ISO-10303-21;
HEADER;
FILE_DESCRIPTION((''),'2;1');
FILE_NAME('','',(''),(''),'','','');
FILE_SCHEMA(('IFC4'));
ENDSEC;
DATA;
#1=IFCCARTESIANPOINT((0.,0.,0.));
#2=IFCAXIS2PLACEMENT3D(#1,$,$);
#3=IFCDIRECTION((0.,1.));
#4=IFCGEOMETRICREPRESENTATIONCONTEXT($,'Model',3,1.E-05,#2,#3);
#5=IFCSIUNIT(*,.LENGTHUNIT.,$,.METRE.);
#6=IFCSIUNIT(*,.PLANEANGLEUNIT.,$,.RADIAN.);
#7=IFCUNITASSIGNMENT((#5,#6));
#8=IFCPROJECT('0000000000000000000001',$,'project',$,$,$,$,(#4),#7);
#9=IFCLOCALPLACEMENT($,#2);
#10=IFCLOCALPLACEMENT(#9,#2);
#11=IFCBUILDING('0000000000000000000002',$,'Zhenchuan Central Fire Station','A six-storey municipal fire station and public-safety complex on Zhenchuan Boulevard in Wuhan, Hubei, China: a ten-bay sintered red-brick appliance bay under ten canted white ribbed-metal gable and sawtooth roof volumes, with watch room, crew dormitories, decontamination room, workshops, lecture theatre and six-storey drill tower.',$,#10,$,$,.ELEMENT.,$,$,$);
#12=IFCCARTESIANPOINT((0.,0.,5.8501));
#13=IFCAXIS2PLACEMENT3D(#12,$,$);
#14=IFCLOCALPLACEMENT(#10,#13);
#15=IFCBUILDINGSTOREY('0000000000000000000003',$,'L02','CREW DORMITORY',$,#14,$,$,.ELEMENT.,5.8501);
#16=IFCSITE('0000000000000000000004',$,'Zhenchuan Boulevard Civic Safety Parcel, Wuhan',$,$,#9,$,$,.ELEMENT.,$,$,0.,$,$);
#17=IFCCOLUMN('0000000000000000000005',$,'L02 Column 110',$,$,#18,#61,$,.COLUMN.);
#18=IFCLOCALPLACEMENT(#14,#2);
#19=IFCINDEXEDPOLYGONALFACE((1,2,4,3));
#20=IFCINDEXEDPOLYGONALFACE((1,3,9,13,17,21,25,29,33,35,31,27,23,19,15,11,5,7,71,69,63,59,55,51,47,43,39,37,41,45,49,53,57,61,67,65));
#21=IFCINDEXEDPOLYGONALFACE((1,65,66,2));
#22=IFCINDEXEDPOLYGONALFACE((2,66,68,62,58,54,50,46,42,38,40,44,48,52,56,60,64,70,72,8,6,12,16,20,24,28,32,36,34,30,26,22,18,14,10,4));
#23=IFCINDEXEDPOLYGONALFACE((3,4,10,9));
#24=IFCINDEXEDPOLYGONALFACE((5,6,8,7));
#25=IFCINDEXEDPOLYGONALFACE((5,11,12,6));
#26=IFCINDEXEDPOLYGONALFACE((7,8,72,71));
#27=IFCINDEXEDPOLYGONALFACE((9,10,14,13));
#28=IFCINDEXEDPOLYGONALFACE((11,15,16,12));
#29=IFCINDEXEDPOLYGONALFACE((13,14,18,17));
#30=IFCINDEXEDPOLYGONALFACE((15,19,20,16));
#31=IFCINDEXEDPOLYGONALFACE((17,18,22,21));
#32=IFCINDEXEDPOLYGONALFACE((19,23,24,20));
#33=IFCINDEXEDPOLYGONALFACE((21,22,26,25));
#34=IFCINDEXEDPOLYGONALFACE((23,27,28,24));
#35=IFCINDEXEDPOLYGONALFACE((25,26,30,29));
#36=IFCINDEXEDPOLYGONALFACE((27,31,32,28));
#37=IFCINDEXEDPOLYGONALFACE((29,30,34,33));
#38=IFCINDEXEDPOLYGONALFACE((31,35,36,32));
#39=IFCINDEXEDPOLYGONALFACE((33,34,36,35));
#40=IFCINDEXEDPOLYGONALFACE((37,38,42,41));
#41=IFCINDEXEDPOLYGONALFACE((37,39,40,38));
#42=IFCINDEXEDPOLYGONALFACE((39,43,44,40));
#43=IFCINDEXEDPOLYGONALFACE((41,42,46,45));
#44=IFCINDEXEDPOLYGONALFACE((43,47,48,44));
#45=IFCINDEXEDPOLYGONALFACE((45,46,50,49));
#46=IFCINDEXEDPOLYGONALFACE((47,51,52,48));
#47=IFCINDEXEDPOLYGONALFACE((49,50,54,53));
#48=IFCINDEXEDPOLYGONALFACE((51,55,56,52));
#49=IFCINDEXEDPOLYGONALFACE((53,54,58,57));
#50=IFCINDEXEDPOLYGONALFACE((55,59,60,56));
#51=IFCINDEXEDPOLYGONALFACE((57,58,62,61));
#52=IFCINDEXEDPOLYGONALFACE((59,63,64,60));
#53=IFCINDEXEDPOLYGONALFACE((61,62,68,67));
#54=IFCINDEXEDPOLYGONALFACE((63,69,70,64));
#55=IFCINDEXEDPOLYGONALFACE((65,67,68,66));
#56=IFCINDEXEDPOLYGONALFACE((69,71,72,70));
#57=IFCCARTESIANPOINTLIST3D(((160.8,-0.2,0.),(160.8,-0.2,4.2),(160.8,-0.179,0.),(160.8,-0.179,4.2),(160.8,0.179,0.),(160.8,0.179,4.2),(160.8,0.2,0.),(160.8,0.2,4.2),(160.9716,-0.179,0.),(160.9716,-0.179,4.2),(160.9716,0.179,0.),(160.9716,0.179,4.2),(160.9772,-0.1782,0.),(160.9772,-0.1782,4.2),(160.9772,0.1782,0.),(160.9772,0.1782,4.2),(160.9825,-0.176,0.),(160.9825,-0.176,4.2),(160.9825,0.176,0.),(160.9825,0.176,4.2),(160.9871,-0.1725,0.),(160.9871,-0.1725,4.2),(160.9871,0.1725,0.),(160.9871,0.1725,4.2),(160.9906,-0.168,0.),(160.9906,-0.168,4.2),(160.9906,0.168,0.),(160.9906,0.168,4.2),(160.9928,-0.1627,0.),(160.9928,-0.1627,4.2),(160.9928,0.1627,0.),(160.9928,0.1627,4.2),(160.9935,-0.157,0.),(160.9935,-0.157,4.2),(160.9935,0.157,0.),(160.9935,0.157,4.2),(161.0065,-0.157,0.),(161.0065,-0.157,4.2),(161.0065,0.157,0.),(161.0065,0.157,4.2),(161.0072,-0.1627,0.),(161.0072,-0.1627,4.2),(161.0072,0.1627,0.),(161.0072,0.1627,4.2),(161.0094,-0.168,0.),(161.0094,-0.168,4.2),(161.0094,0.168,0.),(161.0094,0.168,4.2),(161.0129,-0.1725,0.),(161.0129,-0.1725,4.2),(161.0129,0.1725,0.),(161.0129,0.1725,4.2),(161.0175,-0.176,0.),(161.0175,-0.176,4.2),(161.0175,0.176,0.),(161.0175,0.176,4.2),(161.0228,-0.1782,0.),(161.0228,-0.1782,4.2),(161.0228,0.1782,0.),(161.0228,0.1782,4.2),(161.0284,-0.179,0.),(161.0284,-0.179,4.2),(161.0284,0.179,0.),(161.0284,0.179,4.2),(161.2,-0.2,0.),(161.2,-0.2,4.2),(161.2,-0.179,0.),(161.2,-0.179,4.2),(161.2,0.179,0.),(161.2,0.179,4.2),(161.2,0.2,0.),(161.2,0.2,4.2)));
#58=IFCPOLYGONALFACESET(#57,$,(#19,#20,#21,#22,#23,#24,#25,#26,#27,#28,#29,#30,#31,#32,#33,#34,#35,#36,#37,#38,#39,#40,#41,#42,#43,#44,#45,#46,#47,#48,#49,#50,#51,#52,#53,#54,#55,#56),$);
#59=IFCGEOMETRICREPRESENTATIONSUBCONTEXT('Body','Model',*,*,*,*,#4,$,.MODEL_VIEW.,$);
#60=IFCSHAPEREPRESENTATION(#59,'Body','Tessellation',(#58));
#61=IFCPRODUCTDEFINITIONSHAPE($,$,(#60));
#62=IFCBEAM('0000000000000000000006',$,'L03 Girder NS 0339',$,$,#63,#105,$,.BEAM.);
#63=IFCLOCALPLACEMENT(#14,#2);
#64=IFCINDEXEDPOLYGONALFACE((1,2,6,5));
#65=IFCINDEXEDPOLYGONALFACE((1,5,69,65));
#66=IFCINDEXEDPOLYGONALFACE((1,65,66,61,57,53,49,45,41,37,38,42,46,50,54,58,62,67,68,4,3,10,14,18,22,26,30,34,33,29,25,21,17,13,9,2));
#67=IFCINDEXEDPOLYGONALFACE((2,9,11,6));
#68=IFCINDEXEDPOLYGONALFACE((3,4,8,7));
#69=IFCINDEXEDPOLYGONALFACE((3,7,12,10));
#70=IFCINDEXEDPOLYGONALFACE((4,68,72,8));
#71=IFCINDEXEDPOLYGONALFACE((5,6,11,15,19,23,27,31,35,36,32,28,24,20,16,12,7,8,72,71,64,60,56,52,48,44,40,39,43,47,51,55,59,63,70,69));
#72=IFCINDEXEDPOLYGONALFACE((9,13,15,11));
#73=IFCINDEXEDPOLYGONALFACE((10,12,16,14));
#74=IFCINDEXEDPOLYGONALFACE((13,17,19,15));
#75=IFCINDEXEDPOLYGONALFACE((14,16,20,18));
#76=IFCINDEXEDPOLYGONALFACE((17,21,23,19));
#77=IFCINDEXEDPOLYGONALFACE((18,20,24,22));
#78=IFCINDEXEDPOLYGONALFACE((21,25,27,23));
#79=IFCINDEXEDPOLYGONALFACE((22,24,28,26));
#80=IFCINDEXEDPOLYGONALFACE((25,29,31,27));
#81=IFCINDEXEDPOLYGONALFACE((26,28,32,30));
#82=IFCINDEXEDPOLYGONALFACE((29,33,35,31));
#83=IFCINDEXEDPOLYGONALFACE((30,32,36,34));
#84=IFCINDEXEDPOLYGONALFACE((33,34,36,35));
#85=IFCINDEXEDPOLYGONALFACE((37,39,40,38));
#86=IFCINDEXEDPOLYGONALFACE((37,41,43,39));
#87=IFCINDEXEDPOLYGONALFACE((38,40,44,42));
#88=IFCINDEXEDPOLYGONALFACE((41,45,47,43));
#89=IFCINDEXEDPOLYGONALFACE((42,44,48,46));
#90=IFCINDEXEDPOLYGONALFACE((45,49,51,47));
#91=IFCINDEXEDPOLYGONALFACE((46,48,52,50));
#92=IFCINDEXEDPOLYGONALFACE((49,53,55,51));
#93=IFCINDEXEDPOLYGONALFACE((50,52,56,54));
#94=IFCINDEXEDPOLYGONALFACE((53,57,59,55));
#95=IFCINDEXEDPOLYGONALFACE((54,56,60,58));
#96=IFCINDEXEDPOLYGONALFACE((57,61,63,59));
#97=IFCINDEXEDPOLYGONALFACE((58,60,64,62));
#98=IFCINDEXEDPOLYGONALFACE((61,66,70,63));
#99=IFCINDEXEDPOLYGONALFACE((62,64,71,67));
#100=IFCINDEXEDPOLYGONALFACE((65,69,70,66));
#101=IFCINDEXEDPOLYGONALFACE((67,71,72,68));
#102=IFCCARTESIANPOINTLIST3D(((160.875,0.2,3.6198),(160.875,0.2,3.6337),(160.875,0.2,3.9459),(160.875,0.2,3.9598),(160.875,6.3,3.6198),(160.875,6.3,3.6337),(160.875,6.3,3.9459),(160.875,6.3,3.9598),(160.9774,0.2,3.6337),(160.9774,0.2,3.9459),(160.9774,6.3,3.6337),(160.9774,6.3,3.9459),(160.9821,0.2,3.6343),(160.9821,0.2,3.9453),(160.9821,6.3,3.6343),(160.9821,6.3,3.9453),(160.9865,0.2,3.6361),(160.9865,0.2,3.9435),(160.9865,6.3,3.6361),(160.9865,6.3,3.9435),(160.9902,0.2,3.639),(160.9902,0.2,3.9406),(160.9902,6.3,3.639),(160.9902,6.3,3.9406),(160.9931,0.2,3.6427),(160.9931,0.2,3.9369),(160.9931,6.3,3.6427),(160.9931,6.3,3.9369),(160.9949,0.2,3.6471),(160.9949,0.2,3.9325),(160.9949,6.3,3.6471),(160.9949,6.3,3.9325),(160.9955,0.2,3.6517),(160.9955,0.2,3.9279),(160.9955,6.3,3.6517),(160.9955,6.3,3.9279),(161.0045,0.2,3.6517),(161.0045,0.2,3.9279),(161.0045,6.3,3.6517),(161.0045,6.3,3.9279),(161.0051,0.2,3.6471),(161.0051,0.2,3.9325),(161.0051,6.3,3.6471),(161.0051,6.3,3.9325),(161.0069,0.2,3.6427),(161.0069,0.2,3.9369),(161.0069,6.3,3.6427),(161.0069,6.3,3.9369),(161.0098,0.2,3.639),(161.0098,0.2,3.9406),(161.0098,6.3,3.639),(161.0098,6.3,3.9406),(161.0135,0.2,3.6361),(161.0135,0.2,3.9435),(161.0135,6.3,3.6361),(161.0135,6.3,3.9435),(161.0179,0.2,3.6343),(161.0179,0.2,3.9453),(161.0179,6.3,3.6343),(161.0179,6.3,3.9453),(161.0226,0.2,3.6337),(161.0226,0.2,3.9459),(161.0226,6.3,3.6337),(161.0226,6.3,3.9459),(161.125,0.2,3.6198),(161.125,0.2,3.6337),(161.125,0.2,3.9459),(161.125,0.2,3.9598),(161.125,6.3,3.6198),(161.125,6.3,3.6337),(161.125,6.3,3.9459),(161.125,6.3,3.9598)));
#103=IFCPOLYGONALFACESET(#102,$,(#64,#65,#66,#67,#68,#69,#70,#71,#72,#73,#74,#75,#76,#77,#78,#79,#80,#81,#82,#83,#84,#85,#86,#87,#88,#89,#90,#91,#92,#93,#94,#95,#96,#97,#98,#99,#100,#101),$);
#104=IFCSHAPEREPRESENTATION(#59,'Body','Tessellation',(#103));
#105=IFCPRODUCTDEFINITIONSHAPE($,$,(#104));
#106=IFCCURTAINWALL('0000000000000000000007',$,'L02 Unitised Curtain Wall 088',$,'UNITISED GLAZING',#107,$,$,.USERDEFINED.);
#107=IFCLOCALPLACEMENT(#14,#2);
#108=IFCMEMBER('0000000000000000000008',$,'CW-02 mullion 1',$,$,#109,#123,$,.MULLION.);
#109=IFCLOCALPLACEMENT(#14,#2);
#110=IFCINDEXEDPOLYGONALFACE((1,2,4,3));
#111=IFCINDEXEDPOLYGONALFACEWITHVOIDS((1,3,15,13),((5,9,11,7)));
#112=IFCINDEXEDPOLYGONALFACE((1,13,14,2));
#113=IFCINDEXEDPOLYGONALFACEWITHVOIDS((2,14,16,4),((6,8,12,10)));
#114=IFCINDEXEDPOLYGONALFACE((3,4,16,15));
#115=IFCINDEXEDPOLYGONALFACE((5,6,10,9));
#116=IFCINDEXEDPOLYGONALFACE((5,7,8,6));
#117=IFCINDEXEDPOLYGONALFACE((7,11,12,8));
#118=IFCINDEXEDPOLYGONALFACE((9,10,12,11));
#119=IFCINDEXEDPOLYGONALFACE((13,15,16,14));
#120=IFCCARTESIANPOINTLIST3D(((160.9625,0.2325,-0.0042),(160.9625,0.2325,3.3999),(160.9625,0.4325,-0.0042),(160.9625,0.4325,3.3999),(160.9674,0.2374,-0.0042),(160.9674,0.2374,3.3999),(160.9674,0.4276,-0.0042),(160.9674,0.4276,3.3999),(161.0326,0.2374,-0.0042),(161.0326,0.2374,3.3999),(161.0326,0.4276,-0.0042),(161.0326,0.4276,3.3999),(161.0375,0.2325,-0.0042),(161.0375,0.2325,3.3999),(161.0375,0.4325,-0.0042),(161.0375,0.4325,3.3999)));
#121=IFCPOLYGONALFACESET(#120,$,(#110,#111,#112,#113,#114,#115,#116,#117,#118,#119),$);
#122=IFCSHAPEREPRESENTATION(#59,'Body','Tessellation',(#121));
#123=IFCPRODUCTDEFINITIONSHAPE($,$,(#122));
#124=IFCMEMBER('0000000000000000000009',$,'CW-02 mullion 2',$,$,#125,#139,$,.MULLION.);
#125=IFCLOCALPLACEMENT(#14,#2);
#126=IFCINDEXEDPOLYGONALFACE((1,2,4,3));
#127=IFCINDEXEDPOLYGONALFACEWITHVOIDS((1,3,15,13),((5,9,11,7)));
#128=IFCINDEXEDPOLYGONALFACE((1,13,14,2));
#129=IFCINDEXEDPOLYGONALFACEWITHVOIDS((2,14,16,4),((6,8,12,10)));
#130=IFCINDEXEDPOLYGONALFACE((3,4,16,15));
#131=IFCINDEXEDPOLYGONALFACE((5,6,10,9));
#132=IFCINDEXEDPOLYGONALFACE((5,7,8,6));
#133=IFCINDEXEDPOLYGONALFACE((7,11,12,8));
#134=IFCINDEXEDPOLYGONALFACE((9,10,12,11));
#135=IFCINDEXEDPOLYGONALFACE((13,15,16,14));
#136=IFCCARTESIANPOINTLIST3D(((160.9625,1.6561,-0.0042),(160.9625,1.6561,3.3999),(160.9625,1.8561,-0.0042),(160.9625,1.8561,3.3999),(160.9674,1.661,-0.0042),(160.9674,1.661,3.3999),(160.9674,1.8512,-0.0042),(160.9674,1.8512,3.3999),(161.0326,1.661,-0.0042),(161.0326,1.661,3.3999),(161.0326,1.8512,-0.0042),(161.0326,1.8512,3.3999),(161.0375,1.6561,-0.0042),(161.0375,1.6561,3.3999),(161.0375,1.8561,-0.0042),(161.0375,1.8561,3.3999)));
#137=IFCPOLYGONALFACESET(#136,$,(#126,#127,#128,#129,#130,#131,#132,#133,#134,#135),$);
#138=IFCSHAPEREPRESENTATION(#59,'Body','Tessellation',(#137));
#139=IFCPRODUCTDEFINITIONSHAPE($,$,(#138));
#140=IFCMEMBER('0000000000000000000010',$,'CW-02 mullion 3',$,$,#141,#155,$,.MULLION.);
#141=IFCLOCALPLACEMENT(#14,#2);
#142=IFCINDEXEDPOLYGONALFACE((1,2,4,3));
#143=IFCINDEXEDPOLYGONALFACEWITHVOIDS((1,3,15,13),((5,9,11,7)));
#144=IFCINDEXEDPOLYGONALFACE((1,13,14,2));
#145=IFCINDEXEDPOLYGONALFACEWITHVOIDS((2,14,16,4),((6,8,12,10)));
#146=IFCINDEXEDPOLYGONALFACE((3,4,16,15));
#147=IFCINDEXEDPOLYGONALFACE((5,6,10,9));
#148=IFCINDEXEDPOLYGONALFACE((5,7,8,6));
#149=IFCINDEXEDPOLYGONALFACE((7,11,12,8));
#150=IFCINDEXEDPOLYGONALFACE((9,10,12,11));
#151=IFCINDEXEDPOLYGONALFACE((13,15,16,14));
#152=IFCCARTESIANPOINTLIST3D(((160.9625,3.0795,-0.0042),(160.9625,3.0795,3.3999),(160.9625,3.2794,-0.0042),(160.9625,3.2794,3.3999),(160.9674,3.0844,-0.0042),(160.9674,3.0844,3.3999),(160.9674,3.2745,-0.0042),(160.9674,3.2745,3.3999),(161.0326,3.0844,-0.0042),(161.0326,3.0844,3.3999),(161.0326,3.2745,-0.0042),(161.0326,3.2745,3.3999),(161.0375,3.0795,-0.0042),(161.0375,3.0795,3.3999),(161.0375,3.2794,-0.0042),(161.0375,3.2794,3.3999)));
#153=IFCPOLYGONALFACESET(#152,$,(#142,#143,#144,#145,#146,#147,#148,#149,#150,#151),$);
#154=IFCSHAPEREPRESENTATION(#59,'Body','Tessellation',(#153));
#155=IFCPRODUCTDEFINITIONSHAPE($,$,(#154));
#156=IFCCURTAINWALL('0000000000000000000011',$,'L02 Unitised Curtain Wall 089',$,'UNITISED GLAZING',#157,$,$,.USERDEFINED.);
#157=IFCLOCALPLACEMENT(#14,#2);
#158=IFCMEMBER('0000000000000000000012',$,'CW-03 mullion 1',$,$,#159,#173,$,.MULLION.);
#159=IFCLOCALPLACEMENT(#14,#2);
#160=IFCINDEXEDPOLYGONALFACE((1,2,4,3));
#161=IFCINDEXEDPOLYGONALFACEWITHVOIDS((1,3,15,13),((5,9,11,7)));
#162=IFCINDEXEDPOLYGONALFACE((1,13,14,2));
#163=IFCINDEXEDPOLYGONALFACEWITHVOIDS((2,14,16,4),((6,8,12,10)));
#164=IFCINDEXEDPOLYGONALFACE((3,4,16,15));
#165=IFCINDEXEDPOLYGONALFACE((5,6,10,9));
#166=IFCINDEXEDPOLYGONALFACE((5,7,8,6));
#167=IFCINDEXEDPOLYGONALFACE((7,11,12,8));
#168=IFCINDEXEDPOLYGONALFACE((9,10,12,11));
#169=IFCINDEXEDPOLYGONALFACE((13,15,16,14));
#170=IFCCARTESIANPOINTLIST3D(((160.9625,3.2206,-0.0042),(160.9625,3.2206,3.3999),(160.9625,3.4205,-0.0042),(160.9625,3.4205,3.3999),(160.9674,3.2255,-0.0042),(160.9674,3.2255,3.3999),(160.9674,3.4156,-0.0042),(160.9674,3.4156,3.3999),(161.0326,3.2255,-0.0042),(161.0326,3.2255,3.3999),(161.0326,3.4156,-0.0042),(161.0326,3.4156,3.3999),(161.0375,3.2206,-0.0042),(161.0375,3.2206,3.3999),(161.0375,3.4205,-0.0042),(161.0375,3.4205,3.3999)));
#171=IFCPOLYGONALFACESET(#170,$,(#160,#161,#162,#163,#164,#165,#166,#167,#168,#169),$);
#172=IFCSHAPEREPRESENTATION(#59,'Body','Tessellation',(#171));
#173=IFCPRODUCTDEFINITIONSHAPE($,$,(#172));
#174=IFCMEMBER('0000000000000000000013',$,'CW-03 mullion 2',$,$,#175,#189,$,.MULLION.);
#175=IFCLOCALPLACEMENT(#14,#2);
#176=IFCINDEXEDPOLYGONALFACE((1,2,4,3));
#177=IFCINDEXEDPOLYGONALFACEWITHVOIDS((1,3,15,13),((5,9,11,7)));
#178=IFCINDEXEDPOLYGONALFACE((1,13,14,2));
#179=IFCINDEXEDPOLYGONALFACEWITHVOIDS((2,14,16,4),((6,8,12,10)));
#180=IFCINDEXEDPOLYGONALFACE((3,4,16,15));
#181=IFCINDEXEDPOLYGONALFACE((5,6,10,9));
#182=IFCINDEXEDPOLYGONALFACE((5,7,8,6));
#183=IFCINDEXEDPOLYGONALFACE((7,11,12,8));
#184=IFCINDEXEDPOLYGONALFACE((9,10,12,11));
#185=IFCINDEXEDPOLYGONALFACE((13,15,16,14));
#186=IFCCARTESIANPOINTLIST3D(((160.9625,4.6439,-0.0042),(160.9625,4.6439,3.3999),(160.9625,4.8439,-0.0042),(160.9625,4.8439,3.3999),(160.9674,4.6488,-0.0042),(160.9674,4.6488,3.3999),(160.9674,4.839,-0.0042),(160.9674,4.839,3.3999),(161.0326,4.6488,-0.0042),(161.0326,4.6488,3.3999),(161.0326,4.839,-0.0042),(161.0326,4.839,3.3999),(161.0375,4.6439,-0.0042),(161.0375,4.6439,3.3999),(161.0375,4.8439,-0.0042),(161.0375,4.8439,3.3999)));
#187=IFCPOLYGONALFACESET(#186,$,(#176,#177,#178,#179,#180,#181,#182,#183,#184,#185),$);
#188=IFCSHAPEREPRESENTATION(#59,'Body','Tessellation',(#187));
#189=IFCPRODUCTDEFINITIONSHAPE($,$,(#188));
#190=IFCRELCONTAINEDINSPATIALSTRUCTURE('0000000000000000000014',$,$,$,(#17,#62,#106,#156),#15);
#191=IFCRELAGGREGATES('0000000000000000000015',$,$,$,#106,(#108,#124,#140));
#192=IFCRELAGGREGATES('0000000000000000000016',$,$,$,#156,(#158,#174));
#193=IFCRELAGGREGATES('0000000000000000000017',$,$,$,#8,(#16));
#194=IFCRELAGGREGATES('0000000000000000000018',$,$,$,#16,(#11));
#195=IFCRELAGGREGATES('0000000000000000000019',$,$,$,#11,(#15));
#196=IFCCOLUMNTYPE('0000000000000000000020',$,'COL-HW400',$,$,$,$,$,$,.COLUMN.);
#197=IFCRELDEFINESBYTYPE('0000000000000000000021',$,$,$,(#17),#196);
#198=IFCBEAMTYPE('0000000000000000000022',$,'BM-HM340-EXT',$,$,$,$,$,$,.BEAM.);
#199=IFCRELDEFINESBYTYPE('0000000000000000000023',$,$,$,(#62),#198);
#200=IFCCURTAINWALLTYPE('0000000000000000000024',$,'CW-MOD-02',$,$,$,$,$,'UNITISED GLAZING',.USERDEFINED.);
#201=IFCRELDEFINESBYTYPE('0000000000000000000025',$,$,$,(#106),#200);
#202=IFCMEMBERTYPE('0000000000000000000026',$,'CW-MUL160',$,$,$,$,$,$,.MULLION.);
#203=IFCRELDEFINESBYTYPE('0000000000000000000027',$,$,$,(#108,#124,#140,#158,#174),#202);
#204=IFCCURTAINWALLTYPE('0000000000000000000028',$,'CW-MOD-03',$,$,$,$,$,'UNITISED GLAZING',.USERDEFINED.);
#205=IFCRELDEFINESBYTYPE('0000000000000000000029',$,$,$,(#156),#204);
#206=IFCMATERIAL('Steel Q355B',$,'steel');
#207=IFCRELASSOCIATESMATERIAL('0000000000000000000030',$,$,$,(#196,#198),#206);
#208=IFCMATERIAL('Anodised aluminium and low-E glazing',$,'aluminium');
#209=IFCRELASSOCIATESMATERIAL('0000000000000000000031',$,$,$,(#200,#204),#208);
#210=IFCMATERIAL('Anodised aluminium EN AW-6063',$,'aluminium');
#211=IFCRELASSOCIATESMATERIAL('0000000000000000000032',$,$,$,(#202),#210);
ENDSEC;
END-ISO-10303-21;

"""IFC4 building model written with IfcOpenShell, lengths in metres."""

from ifc_helpers import new_model, si_unit, direction, frame, origin, origin_2d, place, context, subcontext, project, spatial, hollow_rectangle, i_section, extrude, material, material_profile, profile_set, type_object, element, aggregate, save


model = new_model("IFC4")

# Units and contexts
model_context = context("Model", 3, precision=1e-05, world=origin(), true_north=direction((0.0, 1.0)))
body_context = subcontext(model_context, "Body", "Model", "MODEL_VIEW")
ifc_project = project(units=[si_unit("LENGTHUNIT", "METRE"), si_unit("PLANEANGLEUNIT", "RADIAN")], contexts=[model_context])

# Site, building, storey
site_placement = place(None, origin())
site = spatial("IfcSite", under=ifc_project, at=site_placement, Name="Zhenchuan Boulevard Civic Safety Parcel, Wuhan", CompositionType="ELEMENT", RefElevation=0.0)
building_placement = place(site_placement, origin())
building = spatial("IfcBuilding", under=site, at=building_placement, Name="Zhenchuan Central Fire Station", Description="A six-storey municipal fire station and public-safety complex on Zhenchuan Boulevard in Wuhan, Hubei, China: a ten-bay sintered red-brick appliance bay under ten canted white ribbed-metal gable and sawtooth roof volumes, with watch room, crew dormitories, decontamination room, workshops, lecture theatre and six-storey drill tower.", CompositionType="ELEMENT")
storey_placement = place(building_placement, frame((0.0, 0.0, 5.8501)))
storey = spatial("IfcBuildingStorey", under=building, at=storey_placement, Name="L02", Description="CREW DORMITORY", CompositionType="ELEMENT", Elevation=5.8501)

# Column
ifc_material_1 = material(Name="Steel Q355B", Category="steel")
ifc_material_profile_1 = material_profile(ifc_material_1, i_section(OverallWidth=0.3999, OverallDepth=0.3999, WebThickness=0.0129, FlangeThickness=0.021, FilletRadius=0.022, at=origin_2d()), Name="HW 400x400")
ifc_profile_set_1 = profile_set([ifc_material_profile_1], Name="Steel Q355B")
column_type = type_object("IfcColumnType", Name="COL-HW400", PredefinedType="COLUMN", material=ifc_profile_set_1)
column_placement = place(storey_placement, frame((161.0, 0.0, 0.0), z_axis=(0.0, 0.0, 1.0), x_axis=(1.0, 0.0, 0.0)))
element("IfcColumn", 1, at=column_placement, inside=storey, type_object=column_type, Name="L02 Column 110", PredefinedType="COLUMN", context=body_context, shape_type="SweptSolid", body=[
    extrude(i_section(OverallWidth=0.3999, OverallDepth=0.3999, WebThickness=0.0129, FlangeThickness=0.021, FilletRadius=0.022, at=origin_2d()), origin(), (0.0, 0.0, 1.0), 4.2),
])

# Beam
ifc_material_profile_2 = material_profile(ifc_material_1, i_section(OverallWidth=0.25, OverallDepth=0.3401, WebThickness=0.009, FlangeThickness=0.0139, FilletRadius=0.0181, at=origin_2d()), Name="HM 340x250")
ifc_profile_set_2 = profile_set([ifc_material_profile_2], Name="Steel Q355B")
beam_type = type_object("IfcBeamType", Name="BM-HM340-EXT", PredefinedType="BEAM", material=ifc_profile_set_2)
beam_placement = place(storey_placement, frame((161.0, 0.2, 3.7898), z_axis=(0.0, 1.0, 0.0), x_axis=(-1.0, 0.0, 0.0)))
element("IfcBeam", 2, at=beam_placement, inside=storey, type_object=beam_type, Name="L03 Girder NS 0339", PredefinedType="BEAM", context=body_context, shape_type="SweptSolid", body=[
    extrude(i_section(OverallWidth=0.25, OverallDepth=0.3401, WebThickness=0.009, FlangeThickness=0.0139, FilletRadius=0.0181, at=origin_2d()), origin(), (0.0, 0.0, 1.0), 6.1001),
])

# Curtain walls, members
ifc_material_2 = material(Name="Anodised aluminium and low-E glazing", Category="aluminium")
curtain_wall_type_1 = type_object("IfcCurtainWallType", Name="CW-MOD-02", ElementType="UNITISED GLAZING", PredefinedType="USERDEFINED", material=ifc_material_2)
curtain_wall_1_placement = place(storey_placement, origin())
curtain_wall_1 = element("IfcCurtainWall", 3, at=curtain_wall_1_placement, inside=storey, type_object=curtain_wall_type_1, Name="L02 Unitised Curtain Wall 088", ObjectType="UNITISED GLAZING", PredefinedType="USERDEFINED")
ifc_material_3 = material(Name="Anodised aluminium EN AW-6063", Category="aluminium")
ifc_material_profile_3 = material_profile(ifc_material_3, hollow_rectangle(XDim=0.075, YDim=0.2, WallThickness=0.0049, at=origin_2d()), Name="ALU-M 200x75")
ifc_profile_set_3 = profile_set([ifc_material_profile_3], Name="Anodised aluminium EN AW-6063")
member_type_1 = type_object("IfcMemberType", Name="CW-MUL160", PredefinedType="MULLION", material=ifc_profile_set_3)
member_1_placement = place(storey_placement, frame((161.0, 0.3325, -0.0042), z_axis=(0.0, 0.0, 1.0), x_axis=(-1.0, 0.0, 0.0)))
member_1 = element("IfcMember", 4, at=member_1_placement, type_object=member_type_1, Name="CW-02 mullion 1", PredefinedType="MULLION", context=body_context, shape_type="SweptSolid", body=[
    extrude(hollow_rectangle(XDim=0.075, YDim=0.2, WallThickness=0.0049, at=origin_2d()), origin(), (0.0, 0.0, 1.0), 3.4041),
])
member_2_placement = place(storey_placement, frame((161.0, 1.7561, -0.0042), z_axis=(0.0, 0.0, 1.0), x_axis=(-1.0, 0.0, 0.0)))
member_2 = element("IfcMember", 5, at=member_2_placement, type_object=member_type_1, Name="CW-02 mullion 2", PredefinedType="MULLION", context=body_context, shape_type="SweptSolid", body=[
    extrude(hollow_rectangle(XDim=0.075, YDim=0.2, WallThickness=0.0049, at=origin_2d()), origin(), (0.0, 0.0, 1.0), 3.4041),
])
member_3_placement = place(storey_placement, frame((161.0, 3.1794, -0.0042), z_axis=(0.0, 0.0, 1.0), x_axis=(-1.0, 0.0, 0.0)))
member_3 = element("IfcMember", 6, at=member_3_placement, type_object=member_type_1, Name="CW-02 mullion 3", PredefinedType="MULLION", context=body_context, shape_type="SweptSolid", body=[
    extrude(hollow_rectangle(XDim=0.075, YDim=0.2, WallThickness=0.0049, at=origin_2d()), origin(), (0.0, 0.0, 1.0), 3.4041),
])
curtain_wall_type_2 = type_object("IfcCurtainWallType", Name="CW-MOD-03", ElementType="UNITISED GLAZING", PredefinedType="USERDEFINED", material=ifc_material_2)
curtain_wall_2_placement = place(storey_placement, origin())
curtain_wall_2 = element("IfcCurtainWall", 7, at=curtain_wall_2_placement, inside=storey, type_object=curtain_wall_type_2, Name="L02 Unitised Curtain Wall 089", ObjectType="UNITISED GLAZING", PredefinedType="USERDEFINED")
member_4_placement = place(storey_placement, frame((161.0, 3.3206, -0.0042), z_axis=(0.0, 0.0, 1.0), x_axis=(-1.0, 0.0, 0.0)))
member_4 = element("IfcMember", 8, at=member_4_placement, type_object=member_type_1, Name="CW-03 mullion 1", PredefinedType="MULLION", context=body_context, shape_type="SweptSolid", body=[
    extrude(hollow_rectangle(XDim=0.075, YDim=0.2, WallThickness=0.0049, at=origin_2d()), origin(), (0.0, 0.0, 1.0), 3.4041),
])
member_5_placement = place(storey_placement, frame((161.0, 4.7439, -0.0042), z_axis=(0.0, 0.0, 1.0), x_axis=(-1.0, 0.0, 0.0)))
member_5 = element("IfcMember", 9, at=member_5_placement, type_object=member_type_1, Name="CW-03 mullion 2", PredefinedType="MULLION", context=body_context, shape_type="SweptSolid", body=[
    extrude(hollow_rectangle(XDim=0.075, YDim=0.2, WallThickness=0.0049, at=origin_2d()), origin(), (0.0, 0.0, 1.0), 3.4041),
])

aggregate(curtain_wall_1, [member_1, member_2, member_3])
aggregate(curtain_wall_2, [member_4, member_5])

save(model, "model.ifc")
